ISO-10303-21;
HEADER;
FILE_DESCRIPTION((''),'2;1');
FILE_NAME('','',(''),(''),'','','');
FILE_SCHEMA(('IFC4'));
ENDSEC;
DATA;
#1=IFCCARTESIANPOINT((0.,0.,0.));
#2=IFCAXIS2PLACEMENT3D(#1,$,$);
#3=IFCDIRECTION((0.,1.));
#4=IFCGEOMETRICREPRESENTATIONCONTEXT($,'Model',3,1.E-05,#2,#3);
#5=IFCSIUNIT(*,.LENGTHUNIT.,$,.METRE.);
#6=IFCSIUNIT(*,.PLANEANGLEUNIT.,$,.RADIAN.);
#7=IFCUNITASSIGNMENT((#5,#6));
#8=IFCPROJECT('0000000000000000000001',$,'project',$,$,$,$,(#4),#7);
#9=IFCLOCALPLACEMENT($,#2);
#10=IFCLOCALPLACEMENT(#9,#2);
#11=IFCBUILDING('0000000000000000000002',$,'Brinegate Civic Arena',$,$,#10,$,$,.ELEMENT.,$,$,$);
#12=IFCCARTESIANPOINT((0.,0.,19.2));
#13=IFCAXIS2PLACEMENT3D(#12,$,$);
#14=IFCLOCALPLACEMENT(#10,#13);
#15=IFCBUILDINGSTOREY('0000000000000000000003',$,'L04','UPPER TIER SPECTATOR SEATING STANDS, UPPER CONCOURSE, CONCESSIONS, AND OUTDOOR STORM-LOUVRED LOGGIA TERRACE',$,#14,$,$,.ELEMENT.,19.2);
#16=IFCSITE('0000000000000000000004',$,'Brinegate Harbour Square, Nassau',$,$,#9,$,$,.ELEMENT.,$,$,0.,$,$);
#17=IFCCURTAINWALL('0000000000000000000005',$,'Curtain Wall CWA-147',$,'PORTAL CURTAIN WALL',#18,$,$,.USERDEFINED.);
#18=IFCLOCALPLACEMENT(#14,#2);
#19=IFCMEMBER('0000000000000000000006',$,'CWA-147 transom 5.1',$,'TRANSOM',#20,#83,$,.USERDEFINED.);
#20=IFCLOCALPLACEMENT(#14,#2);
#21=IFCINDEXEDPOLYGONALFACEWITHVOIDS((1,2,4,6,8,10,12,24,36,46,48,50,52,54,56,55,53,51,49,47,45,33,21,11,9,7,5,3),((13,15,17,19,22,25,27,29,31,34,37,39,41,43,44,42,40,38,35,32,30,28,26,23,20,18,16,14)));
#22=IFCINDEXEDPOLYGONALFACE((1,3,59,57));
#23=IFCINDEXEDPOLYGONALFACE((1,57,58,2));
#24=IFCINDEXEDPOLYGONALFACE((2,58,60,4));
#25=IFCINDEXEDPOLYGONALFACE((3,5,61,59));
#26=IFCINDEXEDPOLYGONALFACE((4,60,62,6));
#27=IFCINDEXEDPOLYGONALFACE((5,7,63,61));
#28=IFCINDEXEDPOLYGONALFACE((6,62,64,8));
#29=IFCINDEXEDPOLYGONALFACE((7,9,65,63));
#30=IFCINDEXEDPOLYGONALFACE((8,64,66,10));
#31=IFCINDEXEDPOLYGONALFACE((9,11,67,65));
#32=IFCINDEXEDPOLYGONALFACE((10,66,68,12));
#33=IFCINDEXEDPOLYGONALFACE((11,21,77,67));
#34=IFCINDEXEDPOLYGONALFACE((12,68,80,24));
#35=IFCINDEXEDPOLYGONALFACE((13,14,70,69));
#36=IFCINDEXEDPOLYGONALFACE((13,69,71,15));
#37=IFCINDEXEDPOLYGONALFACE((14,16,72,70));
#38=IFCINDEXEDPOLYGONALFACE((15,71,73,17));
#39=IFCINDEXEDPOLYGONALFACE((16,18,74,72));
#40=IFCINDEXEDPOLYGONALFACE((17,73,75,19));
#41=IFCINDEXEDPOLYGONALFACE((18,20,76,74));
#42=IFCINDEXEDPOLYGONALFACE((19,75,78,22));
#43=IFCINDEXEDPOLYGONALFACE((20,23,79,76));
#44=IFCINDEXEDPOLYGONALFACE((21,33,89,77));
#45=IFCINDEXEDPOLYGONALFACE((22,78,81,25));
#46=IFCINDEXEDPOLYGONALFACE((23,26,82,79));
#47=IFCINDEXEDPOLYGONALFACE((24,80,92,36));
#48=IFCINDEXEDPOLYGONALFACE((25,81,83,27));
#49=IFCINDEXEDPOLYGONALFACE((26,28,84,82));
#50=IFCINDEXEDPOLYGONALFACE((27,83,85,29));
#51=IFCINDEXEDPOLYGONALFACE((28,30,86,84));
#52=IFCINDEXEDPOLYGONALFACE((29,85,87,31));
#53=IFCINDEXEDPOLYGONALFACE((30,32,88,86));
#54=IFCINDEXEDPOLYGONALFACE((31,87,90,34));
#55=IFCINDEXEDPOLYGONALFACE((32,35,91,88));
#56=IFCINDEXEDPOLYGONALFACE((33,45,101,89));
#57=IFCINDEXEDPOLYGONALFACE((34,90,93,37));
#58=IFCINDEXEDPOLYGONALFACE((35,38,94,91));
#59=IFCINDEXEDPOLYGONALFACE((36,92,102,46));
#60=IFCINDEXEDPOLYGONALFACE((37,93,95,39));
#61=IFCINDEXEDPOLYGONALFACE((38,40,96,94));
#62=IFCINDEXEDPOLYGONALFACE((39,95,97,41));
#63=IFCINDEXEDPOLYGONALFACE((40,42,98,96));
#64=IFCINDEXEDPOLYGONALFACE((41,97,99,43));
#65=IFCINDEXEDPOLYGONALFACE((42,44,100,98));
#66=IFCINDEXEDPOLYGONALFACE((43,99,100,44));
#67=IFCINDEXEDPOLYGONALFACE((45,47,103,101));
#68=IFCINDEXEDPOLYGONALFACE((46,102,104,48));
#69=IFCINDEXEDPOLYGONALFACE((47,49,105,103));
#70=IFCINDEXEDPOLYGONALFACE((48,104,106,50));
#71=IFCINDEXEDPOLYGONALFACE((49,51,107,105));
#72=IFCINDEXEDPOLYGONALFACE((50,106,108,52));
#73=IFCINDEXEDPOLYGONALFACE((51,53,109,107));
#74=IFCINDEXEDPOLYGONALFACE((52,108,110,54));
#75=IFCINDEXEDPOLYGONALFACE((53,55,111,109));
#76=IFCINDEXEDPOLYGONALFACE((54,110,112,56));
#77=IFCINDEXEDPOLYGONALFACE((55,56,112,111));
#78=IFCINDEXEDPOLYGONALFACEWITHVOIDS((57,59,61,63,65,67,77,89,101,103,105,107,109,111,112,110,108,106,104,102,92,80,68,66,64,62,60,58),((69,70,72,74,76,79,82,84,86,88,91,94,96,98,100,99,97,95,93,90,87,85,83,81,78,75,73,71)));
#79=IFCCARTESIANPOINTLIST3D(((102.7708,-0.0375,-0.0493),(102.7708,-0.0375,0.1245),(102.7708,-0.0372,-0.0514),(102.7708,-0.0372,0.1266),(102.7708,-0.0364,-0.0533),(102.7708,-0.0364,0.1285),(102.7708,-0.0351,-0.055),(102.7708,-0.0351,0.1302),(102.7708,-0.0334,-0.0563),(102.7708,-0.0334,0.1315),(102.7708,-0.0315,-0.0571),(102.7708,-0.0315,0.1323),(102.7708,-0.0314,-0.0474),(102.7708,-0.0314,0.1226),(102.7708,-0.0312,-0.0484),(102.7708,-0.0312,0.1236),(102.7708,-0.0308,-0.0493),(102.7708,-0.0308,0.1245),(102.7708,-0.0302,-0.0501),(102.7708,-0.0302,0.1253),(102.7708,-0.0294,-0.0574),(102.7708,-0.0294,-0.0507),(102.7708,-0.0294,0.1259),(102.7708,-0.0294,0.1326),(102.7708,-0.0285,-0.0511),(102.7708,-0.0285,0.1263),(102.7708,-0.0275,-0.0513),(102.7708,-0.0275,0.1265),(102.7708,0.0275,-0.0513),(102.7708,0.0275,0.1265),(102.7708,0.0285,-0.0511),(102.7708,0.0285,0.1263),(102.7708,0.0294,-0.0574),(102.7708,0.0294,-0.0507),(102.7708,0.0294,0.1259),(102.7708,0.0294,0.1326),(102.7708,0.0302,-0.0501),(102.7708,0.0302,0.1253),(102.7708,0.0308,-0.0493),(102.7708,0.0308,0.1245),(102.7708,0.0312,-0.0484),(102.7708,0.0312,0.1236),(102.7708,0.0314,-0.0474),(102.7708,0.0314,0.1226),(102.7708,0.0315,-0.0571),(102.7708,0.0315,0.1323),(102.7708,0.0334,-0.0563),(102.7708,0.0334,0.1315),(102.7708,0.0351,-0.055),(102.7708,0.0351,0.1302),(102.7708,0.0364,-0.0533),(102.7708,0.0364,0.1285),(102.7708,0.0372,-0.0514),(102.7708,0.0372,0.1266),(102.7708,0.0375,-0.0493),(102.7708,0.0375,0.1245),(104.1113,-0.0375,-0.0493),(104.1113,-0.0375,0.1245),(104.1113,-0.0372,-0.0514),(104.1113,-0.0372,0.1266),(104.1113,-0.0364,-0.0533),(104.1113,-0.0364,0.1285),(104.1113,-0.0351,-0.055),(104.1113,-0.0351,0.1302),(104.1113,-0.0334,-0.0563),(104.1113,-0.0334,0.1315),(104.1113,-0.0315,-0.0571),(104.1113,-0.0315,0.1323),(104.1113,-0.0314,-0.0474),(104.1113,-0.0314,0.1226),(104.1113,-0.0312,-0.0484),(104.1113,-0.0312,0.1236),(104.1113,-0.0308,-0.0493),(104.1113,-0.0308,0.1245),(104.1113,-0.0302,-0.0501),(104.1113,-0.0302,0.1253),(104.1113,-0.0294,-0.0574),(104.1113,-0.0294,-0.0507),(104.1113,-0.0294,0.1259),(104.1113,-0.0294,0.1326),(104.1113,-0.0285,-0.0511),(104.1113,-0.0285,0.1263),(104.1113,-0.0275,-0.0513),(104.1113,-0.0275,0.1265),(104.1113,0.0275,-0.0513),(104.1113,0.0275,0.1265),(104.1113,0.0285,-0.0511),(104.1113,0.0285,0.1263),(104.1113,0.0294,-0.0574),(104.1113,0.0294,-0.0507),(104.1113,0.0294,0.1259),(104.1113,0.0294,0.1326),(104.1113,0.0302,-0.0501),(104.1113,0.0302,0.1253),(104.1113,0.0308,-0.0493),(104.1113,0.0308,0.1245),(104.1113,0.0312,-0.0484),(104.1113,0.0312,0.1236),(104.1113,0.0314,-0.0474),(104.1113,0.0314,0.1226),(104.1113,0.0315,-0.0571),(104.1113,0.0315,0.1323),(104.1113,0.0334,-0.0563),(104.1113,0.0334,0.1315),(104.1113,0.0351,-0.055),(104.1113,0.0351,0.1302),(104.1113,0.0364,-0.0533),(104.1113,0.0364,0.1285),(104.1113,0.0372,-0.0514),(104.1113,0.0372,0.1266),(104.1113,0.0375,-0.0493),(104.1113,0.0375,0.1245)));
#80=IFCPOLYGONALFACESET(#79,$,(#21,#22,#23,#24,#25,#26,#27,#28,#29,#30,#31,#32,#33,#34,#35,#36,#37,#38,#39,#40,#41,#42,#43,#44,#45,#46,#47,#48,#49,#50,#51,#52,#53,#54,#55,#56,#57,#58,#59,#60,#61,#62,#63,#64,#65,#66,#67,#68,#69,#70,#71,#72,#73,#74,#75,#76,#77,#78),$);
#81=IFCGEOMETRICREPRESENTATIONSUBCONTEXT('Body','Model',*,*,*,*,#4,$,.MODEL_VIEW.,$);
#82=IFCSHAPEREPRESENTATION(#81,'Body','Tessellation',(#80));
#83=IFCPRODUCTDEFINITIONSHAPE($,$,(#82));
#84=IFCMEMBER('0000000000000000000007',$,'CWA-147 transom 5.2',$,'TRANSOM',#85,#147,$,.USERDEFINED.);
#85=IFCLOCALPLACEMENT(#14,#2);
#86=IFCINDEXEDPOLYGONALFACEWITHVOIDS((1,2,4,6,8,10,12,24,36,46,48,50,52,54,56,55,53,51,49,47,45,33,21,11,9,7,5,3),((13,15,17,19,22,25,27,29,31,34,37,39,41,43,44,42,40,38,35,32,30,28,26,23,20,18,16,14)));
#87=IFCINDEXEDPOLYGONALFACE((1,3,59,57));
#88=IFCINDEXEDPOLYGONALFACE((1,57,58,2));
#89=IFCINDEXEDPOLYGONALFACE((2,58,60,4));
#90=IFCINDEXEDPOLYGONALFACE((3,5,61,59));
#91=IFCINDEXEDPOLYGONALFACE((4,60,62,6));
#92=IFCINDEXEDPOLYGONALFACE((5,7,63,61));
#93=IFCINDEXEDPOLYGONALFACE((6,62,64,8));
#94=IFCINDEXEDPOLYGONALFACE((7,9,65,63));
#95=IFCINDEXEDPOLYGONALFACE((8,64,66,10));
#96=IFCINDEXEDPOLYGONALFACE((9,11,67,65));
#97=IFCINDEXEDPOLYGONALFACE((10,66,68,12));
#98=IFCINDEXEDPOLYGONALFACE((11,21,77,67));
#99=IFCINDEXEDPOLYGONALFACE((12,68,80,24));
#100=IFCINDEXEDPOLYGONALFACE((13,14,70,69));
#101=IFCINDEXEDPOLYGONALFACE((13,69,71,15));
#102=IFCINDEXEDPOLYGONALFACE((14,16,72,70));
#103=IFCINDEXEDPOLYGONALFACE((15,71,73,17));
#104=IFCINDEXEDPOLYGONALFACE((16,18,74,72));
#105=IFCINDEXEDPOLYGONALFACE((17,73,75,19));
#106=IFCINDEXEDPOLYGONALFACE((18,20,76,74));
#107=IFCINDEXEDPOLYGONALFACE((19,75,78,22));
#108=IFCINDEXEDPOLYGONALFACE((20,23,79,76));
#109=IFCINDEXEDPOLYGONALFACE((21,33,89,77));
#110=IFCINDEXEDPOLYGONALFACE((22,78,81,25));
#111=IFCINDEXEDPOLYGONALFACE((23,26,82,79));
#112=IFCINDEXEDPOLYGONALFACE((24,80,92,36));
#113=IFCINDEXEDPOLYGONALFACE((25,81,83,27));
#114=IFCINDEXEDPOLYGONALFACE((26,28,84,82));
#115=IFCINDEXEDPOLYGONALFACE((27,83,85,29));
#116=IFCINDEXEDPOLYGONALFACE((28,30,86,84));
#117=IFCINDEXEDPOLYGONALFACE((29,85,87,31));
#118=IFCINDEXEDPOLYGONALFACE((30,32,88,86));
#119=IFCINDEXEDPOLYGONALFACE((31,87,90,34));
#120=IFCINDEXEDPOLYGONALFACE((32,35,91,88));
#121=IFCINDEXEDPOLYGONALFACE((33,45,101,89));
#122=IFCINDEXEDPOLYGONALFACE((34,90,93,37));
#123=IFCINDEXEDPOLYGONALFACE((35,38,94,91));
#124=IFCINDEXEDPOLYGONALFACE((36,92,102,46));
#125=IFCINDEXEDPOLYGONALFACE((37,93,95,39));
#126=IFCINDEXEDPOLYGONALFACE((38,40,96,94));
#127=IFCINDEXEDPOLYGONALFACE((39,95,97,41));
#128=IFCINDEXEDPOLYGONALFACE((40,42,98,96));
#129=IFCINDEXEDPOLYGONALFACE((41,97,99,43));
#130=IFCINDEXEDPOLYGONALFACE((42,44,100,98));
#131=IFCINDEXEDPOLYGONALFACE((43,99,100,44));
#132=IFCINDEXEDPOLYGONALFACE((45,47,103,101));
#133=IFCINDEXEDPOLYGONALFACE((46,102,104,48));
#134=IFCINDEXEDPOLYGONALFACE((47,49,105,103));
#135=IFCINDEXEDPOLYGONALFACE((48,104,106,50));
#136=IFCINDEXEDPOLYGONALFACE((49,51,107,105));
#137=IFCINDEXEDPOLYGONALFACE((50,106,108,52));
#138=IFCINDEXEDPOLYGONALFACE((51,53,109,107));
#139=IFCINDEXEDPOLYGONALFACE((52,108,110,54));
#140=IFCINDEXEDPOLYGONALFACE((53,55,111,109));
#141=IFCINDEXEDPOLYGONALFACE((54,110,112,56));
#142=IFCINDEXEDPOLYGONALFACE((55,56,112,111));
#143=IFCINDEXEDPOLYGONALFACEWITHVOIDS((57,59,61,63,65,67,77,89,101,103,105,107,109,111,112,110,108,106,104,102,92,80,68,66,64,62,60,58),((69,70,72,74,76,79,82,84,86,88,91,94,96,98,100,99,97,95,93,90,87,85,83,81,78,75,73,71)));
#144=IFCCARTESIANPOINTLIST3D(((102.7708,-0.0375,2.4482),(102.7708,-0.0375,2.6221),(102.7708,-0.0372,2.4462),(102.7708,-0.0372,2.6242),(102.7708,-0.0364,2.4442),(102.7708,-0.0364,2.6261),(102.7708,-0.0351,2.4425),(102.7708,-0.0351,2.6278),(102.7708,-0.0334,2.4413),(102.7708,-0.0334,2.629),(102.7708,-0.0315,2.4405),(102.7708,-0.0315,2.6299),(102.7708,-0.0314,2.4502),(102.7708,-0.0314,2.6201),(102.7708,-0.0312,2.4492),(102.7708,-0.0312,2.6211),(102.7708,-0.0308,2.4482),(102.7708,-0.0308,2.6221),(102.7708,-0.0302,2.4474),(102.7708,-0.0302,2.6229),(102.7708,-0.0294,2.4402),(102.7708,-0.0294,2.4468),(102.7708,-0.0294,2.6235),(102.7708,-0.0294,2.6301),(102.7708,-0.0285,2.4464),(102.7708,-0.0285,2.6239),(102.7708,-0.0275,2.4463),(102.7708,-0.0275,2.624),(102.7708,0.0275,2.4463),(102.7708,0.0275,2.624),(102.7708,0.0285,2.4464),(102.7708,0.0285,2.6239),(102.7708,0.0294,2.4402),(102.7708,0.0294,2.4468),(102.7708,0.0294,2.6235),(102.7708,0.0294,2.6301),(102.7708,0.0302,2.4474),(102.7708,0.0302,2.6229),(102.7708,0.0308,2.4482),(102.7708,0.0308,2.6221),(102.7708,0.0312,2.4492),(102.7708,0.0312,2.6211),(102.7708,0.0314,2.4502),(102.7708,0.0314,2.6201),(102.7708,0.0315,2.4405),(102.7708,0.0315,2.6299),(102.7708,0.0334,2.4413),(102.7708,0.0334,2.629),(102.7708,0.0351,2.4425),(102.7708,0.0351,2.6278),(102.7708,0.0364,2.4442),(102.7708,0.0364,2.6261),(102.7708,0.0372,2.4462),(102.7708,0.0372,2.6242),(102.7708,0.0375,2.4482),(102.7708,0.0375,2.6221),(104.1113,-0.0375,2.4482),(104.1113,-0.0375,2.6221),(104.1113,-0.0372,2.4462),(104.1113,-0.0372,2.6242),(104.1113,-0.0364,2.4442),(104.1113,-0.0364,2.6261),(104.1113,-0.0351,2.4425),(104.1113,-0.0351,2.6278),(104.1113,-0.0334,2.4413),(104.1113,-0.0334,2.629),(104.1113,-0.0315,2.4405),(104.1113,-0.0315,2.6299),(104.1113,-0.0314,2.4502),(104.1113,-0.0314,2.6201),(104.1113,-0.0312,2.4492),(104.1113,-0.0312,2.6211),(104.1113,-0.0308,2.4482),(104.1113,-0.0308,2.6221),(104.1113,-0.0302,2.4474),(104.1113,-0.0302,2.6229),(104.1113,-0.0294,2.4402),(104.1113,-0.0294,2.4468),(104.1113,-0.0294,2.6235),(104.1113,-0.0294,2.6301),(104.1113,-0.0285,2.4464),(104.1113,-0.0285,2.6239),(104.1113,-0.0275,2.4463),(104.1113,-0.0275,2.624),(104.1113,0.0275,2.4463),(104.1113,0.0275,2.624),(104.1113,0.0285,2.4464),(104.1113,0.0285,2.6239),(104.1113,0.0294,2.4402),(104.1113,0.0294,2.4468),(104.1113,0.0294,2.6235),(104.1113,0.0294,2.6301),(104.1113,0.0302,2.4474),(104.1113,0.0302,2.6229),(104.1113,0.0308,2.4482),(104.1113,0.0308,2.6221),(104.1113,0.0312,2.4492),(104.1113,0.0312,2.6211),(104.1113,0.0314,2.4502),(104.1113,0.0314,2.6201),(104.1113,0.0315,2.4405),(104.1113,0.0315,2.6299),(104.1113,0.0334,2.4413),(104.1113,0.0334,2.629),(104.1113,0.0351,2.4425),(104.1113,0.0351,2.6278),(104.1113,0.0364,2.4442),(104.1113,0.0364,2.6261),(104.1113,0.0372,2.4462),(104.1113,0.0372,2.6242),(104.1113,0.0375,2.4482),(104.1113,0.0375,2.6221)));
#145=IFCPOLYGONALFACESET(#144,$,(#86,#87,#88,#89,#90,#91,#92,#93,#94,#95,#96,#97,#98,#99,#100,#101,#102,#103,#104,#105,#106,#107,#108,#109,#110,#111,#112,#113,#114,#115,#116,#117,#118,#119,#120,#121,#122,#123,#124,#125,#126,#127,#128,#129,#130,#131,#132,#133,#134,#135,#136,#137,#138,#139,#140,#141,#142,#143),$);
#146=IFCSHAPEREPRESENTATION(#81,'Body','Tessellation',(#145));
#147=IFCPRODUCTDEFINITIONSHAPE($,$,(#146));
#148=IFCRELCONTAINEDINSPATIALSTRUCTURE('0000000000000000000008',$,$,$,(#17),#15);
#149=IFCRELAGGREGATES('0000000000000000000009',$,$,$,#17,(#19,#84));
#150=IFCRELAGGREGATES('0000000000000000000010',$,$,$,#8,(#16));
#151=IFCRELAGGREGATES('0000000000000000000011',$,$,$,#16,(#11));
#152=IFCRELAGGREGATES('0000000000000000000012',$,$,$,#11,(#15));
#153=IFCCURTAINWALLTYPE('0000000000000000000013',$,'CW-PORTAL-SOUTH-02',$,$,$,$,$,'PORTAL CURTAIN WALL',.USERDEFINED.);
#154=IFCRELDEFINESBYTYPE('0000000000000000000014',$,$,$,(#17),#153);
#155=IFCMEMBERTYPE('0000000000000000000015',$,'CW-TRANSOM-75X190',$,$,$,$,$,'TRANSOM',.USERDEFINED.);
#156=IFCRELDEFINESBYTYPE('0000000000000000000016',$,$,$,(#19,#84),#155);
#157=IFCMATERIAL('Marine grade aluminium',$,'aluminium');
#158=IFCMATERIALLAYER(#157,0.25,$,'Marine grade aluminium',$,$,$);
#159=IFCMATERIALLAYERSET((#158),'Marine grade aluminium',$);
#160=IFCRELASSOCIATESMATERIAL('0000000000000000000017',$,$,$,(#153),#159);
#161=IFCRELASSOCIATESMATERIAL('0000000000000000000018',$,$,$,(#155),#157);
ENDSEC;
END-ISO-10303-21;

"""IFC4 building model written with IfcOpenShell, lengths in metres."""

from ifc_helpers import new_model, si_unit, direction, frame, origin, origin_2d, place, context, subcontext, project, spatial, hollow_rectangle, extrude, material, layer, layer_set, material_profile, profile_set, type_object, element, aggregate, save


model = new_model("IFC4")

# Units and contexts
model_context = context("Model", 3, precision=1e-05, world=origin(), true_north=direction((0.0, 1.0)))
body_context = subcontext(model_context, "Body", "Model", "MODEL_VIEW")
ifc_project = project(units=[si_unit("LENGTHUNIT", "METRE"), si_unit("PLANEANGLEUNIT", "RADIAN")], contexts=[model_context])

# Site, building, storey
site_placement = place(None, origin())
site = spatial("IfcSite", under=ifc_project, at=site_placement, Name="Brinegate Harbour Square, Nassau", CompositionType="ELEMENT", RefElevation=0.0)
building_placement = place(site_placement, origin())
building = spatial("IfcBuilding", under=site, at=building_placement, Name="Brinegate Civic Arena", CompositionType="ELEMENT")
storey_placement = place(building_placement, frame((0.0, 0.0, 19.2)))
storey = spatial("IfcBuildingStorey", under=building, at=storey_placement, Name="L04", Description="UPPER TIER SPECTATOR SEATING STANDS, UPPER CONCOURSE, CONCESSIONS, AND OUTDOOR STORM-LOUVRED LOGGIA TERRACE", CompositionType="ELEMENT", Elevation=19.2)

# Curtain wall, members
ifc_material_1 = material(Name="Marine grade aluminium", Category="aluminium")
ifc_layer_1 = layer(ifc_material_1, 0.25, Name="Marine grade aluminium")
ifc_layer_set_1 = layer_set([ifc_layer_1], Name="Marine grade aluminium")
curtain_wall_type = type_object("IfcCurtainWallType", Name="CW-PORTAL-SOUTH-02", ElementType="PORTAL CURTAIN WALL", PredefinedType="USERDEFINED", material=ifc_layer_set_1)
curtain_wall_placement = place(storey_placement, origin())
curtain_wall = element("IfcCurtainWall", 1, at=curtain_wall_placement, inside=storey, type_object=curtain_wall_type, Name="Curtain Wall CWA-147", ObjectType="PORTAL CURTAIN WALL", PredefinedType="USERDEFINED")
ifc_material_profile_1 = material_profile(ifc_material_1, hollow_rectangle(XDim=0.075, YDim=0.1899, WallThickness=0.0061, InnerFilletRadius=0.0039, OuterFilletRadius=0.0081, at=origin_2d()), Name="TRN75X190")
ifc_profile_set_1 = profile_set([ifc_material_profile_1], Name="Marine grade aluminium")
member_type_1 = type_object("IfcMemberType", Name="CW-TRANSOM-75X190", ElementType="TRANSOM", PredefinedType="USERDEFINED", material=ifc_profile_set_1)
member_1_placement = place(storey_placement, frame((102.7708, 0.0, 0.0376), z_axis=(1.0, 0.0, 0.0), x_axis=(0.0, 1.0, 0.0)))
member_1 = element("IfcMember", 2, at=member_1_placement, type_object=member_type_1, Name="CWA-147 transom 5.1", ObjectType="TRANSOM", PredefinedType="USERDEFINED", context=body_context, shape_type="SweptSolid", body=[
    extrude(hollow_rectangle(XDim=0.075, YDim=0.1899, WallThickness=0.0061, InnerFilletRadius=0.0039, OuterFilletRadius=0.0081, at=origin_2d()), origin(), (0.0, 0.0, 1.0), 1.3406),
])
member_2_placement = place(storey_placement, frame((102.7708, 0.0, 2.5352), z_axis=(1.0, 0.0, 0.0), x_axis=(0.0, 1.0, 0.0)))
member_2 = element("IfcMember", 3, at=member_2_placement, type_object=member_type_1, Name="CWA-147 transom 5.2", ObjectType="TRANSOM", PredefinedType="USERDEFINED", context=body_context, shape_type="SweptSolid", body=[
    extrude(hollow_rectangle(XDim=0.075, YDim=0.1899, WallThickness=0.0061, InnerFilletRadius=0.0039, OuterFilletRadius=0.0081, at=origin_2d()), origin(), (0.0, 0.0, 1.0), 1.3406),
])
aggregate(curtain_wall, [member_1, member_2])

save(model, "model.ifc")
